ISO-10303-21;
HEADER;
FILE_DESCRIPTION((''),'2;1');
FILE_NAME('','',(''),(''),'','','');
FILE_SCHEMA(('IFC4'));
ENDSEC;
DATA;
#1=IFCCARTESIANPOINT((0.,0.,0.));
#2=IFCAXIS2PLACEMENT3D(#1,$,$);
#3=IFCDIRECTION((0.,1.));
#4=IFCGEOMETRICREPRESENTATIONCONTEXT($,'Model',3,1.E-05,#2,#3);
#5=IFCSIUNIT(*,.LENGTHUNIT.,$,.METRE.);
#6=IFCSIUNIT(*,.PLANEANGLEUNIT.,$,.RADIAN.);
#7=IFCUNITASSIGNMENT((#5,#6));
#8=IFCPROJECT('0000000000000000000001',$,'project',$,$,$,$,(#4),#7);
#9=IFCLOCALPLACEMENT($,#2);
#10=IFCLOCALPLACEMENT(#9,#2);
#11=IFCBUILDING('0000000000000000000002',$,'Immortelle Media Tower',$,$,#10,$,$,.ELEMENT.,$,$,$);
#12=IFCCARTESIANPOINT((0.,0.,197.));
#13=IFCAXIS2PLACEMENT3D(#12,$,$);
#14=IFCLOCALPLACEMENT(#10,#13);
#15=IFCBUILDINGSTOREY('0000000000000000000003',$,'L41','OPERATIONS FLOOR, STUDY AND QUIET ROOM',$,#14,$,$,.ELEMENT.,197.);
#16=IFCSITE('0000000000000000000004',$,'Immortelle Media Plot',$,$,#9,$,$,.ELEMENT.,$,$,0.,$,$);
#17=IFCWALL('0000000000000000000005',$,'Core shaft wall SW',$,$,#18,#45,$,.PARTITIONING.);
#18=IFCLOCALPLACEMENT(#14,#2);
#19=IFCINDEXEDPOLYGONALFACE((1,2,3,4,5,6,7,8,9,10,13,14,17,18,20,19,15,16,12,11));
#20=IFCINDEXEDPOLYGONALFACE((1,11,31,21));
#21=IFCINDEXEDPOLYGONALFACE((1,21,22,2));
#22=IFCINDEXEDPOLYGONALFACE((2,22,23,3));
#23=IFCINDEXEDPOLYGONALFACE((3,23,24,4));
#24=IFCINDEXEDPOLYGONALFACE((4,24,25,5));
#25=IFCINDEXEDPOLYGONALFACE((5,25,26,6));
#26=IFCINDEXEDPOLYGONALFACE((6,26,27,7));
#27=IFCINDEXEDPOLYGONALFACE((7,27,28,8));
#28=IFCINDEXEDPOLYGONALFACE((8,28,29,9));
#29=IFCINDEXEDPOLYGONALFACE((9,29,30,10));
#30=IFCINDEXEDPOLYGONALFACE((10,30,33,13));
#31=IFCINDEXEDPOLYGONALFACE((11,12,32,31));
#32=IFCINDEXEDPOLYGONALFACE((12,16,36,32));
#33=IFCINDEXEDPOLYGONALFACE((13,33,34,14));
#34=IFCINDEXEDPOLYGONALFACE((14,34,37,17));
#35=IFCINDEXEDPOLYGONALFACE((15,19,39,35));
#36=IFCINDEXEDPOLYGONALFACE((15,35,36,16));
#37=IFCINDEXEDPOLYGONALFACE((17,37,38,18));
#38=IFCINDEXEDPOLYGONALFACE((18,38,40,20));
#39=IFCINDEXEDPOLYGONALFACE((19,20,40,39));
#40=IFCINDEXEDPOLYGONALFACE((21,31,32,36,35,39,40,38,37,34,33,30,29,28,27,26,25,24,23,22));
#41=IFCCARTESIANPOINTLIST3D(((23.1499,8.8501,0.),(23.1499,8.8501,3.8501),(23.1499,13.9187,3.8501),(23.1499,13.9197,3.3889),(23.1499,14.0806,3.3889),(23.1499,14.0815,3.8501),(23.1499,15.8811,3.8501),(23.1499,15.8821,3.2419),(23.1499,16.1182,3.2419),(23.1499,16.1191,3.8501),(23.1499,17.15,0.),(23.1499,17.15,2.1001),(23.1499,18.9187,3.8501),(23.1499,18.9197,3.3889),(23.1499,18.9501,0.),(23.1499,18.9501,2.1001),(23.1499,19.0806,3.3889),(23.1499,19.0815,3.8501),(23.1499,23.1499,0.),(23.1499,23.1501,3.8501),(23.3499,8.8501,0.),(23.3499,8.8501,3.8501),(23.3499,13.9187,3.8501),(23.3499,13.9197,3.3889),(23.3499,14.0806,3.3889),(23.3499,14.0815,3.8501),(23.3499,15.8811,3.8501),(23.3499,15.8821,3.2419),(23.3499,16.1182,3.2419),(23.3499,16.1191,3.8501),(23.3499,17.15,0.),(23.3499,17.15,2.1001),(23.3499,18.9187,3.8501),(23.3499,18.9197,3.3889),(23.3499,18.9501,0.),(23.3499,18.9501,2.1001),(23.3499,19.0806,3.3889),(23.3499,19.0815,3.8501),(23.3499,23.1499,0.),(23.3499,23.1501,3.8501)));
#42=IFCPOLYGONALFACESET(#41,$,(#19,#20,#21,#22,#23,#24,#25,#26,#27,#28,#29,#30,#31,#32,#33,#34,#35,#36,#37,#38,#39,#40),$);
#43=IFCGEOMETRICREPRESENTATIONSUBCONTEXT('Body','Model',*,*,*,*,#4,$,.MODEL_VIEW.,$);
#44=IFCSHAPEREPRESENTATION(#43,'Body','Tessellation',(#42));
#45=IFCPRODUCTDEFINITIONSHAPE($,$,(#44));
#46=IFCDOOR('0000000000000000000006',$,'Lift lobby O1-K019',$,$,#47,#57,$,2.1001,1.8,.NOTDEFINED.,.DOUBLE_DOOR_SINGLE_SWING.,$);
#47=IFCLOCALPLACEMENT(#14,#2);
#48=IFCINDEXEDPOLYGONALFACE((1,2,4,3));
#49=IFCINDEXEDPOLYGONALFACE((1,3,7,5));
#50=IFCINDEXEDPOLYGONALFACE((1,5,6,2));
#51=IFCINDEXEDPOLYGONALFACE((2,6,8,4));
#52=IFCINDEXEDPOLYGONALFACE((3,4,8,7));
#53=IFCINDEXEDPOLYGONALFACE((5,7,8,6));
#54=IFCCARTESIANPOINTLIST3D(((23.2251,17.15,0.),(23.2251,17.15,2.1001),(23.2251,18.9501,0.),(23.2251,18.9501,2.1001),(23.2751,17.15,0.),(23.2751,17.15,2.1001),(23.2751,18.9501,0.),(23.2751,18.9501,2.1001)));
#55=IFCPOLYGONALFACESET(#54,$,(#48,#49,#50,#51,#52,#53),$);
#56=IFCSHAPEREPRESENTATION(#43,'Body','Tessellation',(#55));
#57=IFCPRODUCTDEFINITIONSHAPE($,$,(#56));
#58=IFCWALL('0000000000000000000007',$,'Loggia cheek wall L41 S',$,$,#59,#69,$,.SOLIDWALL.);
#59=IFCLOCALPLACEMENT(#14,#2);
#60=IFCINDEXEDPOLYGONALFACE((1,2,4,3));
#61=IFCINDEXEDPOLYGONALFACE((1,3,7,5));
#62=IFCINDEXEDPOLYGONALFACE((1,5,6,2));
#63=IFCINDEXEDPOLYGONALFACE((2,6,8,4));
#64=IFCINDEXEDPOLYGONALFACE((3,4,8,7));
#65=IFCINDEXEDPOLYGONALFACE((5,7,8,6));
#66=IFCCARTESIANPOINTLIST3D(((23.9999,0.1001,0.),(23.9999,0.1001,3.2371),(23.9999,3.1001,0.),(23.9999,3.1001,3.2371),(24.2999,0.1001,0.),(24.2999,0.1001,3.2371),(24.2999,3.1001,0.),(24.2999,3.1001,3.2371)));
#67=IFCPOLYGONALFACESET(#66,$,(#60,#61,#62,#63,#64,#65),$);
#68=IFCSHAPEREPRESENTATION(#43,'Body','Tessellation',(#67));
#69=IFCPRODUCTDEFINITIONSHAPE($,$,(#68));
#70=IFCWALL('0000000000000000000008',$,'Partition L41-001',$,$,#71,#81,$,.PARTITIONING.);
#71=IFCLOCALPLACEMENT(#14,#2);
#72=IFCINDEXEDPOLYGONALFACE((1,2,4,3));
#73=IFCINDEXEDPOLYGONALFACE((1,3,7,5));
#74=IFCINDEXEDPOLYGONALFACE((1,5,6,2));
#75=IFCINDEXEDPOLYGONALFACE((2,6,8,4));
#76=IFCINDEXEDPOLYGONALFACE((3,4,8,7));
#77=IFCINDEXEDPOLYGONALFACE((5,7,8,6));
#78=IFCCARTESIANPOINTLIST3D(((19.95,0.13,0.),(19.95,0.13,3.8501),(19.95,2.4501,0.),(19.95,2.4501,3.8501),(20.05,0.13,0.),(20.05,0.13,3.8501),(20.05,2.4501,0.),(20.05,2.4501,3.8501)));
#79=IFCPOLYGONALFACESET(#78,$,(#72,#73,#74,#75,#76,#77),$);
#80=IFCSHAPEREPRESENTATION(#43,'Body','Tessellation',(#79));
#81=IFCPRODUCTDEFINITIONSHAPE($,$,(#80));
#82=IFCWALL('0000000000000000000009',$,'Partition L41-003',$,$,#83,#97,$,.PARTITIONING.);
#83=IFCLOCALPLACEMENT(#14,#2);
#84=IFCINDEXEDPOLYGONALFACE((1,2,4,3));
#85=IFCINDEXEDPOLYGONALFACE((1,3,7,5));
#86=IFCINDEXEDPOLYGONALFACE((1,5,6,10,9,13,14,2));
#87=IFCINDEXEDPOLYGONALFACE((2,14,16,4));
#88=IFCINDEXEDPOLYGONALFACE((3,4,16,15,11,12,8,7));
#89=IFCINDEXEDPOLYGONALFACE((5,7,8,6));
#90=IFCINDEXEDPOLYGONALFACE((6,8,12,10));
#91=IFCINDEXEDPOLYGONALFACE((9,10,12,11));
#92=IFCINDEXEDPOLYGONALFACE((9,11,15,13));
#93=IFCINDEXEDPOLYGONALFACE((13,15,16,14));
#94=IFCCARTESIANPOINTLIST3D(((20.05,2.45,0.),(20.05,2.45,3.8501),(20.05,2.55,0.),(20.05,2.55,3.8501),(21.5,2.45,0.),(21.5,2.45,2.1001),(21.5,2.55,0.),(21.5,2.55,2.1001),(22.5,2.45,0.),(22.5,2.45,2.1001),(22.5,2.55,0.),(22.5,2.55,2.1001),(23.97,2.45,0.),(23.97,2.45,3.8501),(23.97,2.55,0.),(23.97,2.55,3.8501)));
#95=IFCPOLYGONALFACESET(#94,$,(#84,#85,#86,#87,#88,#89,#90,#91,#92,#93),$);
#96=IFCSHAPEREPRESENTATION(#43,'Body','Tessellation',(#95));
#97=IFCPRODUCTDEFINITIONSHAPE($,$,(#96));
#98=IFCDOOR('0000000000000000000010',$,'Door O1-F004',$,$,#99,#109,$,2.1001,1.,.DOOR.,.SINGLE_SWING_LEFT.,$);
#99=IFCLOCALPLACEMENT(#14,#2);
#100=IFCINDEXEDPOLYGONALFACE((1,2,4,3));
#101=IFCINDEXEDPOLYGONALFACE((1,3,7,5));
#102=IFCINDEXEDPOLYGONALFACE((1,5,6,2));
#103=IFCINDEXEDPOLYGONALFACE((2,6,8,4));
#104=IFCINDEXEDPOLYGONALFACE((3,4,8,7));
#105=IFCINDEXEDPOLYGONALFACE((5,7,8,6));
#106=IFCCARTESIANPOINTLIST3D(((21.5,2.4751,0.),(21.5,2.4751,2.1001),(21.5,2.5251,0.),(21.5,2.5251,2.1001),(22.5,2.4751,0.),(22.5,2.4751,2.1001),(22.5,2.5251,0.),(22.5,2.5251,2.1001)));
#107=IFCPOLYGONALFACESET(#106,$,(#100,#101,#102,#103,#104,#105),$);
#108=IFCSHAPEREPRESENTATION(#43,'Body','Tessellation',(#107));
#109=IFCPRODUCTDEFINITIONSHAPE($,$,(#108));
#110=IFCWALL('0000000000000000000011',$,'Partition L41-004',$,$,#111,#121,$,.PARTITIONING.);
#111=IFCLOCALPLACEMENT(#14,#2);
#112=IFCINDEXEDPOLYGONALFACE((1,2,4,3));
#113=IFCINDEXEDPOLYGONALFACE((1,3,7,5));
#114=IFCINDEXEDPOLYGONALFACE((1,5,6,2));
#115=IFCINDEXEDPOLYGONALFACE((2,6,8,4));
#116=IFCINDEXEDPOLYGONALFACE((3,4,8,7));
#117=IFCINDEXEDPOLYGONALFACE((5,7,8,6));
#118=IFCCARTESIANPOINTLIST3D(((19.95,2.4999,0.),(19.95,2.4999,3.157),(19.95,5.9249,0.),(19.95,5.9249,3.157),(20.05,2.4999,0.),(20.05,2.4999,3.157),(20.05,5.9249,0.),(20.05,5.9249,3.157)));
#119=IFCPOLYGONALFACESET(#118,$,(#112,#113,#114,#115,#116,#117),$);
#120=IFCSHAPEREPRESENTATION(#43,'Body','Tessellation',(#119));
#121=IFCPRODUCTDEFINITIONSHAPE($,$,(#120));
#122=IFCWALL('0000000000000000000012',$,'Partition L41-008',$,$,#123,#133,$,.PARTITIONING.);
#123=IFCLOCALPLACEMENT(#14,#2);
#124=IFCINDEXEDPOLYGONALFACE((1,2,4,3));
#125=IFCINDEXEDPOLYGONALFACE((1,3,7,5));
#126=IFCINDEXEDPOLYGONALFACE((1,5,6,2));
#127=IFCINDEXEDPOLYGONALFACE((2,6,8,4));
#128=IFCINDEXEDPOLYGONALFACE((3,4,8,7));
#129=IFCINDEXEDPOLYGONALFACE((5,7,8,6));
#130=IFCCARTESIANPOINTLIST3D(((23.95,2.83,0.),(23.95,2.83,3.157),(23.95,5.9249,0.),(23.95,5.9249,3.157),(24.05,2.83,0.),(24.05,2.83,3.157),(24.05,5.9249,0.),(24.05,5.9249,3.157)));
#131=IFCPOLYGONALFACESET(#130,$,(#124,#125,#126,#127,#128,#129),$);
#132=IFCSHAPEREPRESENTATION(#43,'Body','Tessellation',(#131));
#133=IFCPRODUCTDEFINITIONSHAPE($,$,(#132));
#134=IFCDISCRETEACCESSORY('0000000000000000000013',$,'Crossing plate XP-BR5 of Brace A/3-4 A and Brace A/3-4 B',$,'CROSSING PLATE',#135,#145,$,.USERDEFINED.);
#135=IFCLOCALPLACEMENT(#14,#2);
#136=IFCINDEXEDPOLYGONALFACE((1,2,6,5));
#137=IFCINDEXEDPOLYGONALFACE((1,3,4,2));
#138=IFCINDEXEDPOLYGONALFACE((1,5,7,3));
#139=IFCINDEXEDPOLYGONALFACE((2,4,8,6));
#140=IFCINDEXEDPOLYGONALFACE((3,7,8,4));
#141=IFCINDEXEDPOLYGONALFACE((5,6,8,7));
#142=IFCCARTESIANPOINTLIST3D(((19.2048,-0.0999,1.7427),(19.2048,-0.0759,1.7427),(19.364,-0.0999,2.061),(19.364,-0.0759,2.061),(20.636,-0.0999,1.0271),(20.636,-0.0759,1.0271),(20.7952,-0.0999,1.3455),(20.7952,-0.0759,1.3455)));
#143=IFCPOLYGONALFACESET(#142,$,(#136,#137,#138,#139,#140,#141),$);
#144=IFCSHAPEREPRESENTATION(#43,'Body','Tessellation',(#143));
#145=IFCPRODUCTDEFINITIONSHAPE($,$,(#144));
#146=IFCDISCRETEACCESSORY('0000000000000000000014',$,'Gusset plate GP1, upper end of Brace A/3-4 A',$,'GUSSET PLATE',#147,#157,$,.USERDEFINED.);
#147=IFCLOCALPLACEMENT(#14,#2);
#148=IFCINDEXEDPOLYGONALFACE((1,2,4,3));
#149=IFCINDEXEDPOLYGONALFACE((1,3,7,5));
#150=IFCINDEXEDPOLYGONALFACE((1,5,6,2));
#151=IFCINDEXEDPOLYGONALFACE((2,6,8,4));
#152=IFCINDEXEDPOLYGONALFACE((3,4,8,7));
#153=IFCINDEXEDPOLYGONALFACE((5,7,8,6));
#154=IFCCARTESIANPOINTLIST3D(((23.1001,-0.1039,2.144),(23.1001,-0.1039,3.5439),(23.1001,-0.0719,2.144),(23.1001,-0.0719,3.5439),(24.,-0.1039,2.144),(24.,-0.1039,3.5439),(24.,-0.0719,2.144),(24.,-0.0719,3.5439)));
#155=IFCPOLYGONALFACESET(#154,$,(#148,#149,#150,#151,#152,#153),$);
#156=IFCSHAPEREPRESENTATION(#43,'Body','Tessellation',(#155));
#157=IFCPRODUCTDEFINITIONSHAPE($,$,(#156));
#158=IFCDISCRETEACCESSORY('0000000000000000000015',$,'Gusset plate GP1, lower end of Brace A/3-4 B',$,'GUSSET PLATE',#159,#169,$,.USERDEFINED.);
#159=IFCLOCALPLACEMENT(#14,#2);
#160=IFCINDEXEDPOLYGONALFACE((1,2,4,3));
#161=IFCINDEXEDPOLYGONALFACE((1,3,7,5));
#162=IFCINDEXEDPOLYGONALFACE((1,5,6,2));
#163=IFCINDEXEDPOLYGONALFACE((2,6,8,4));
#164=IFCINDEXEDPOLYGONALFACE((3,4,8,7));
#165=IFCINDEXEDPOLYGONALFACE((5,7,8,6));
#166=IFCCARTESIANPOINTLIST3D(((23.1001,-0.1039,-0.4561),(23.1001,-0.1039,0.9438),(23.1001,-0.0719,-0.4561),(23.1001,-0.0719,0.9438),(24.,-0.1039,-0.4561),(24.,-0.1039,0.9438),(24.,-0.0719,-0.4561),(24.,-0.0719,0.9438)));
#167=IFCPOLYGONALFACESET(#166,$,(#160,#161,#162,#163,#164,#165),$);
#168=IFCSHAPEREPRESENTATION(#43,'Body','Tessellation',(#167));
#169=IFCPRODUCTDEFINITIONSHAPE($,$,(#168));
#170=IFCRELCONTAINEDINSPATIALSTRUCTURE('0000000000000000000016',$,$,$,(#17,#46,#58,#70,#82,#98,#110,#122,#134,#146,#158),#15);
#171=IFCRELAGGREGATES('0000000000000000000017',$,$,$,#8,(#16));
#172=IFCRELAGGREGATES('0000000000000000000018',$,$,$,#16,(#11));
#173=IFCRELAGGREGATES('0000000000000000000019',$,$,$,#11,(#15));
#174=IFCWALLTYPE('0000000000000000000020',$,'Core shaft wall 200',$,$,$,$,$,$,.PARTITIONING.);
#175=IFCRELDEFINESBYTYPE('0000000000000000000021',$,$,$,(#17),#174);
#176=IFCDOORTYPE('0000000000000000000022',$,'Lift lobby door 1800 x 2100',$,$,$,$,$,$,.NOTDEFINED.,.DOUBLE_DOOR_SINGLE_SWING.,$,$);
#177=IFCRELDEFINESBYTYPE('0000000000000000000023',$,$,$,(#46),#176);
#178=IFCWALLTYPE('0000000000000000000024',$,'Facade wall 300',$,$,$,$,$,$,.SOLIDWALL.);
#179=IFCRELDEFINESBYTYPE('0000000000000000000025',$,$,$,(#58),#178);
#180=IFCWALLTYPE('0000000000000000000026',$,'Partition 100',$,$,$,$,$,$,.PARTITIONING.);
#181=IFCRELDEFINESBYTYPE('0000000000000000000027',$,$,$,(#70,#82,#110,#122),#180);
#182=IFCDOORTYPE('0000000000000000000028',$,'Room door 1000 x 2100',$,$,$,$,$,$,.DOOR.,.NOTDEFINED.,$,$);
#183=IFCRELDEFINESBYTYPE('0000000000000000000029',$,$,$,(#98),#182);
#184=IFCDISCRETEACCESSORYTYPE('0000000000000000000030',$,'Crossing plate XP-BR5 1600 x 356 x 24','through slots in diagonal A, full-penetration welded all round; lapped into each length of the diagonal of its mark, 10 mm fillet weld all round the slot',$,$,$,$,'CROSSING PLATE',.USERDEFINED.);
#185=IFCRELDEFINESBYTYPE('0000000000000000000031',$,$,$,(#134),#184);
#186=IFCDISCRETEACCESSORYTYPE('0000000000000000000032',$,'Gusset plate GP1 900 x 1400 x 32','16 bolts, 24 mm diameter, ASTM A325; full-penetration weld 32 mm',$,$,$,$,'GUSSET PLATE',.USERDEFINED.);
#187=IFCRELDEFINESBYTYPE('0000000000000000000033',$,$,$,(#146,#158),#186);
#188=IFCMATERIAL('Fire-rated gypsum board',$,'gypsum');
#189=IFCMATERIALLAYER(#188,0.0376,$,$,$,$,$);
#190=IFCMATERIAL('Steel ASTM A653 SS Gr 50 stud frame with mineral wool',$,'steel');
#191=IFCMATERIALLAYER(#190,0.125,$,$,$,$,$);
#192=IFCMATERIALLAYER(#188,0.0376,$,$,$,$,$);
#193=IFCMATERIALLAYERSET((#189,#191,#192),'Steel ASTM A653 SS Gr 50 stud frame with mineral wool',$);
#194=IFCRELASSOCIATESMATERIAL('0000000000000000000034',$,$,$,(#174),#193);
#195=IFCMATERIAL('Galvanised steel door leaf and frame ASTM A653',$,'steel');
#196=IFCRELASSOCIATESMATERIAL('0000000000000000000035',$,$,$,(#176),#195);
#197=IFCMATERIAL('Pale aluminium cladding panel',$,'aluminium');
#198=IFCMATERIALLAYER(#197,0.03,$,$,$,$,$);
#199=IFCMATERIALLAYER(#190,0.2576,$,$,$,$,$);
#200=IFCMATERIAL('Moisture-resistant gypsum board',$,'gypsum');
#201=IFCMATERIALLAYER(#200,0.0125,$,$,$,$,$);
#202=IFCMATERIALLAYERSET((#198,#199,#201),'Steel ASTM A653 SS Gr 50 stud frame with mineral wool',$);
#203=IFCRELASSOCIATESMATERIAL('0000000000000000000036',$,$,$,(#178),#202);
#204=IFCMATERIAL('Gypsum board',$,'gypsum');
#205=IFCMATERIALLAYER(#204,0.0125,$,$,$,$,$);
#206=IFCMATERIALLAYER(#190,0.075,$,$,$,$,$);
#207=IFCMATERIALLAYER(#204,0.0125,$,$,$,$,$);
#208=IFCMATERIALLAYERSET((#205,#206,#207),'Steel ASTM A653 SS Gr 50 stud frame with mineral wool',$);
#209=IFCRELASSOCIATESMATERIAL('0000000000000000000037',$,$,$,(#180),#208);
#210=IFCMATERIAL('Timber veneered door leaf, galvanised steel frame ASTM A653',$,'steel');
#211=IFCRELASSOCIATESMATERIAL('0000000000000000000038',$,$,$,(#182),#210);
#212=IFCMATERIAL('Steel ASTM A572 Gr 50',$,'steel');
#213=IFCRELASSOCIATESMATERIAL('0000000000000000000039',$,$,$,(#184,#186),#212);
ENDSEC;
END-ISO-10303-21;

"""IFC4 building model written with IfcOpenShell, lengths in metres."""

from ifc_helpers import new_model, si_unit, direction, frame, frame_2d, origin, origin_2d, place, context, subcontext, project, spatial, polyline, rectangle, outline, extrude, material, layer, layer_set, material_profile, profile_set, type_object, element, fill, save


model = new_model("IFC4")

# Units and contexts
model_context = context("Model", 3, precision=1e-05, world=origin(), true_north=direction((0.0, 1.0)))
body_context = subcontext(model_context, "Body", "Model", "MODEL_VIEW")
ifc_project = project(units=[si_unit("LENGTHUNIT", "METRE"), si_unit("PLANEANGLEUNIT", "RADIAN")], contexts=[model_context])

# Site, building, storey
site_placement = place(None, origin())
site = spatial("IfcSite", under=ifc_project, at=site_placement, Name="Immortelle Media Plot", CompositionType="ELEMENT", RefElevation=0.0)
building_placement = place(site_placement, origin())
building = spatial("IfcBuilding", under=site, at=building_placement, Name="Immortelle Media Tower", CompositionType="ELEMENT")
storey_placement = place(building_placement, frame((0.0, 0.0, 197.0)))
storey = spatial("IfcBuildingStorey", under=building, at=storey_placement, Name="L41", Description="OPERATIONS FLOOR, STUDY AND QUIET ROOM", CompositionType="ELEMENT", Elevation=197.0)

# Wall, opening, door
ifc_material_1 = material(Name="Fire-rated gypsum board", Category="gypsum")
ifc_layer_1 = layer(ifc_material_1, 0.0376)
ifc_material_2 = material(Name="Steel ASTM A653 SS Gr 50 stud frame with mineral wool", Category="steel")
ifc_layer_2 = layer(ifc_material_2, 0.125)
ifc_layer_3 = layer(ifc_material_1, 0.0376)
ifc_layer_set_1 = layer_set([ifc_layer_1, ifc_layer_2, ifc_layer_3], Name="Steel ASTM A653 SS Gr 50 stud frame with mineral wool")
wall_type_1 = type_object("IfcWallType", Name="Core shaft wall 200", PredefinedType="PARTITIONING", material=ifc_layer_set_1)
wall_1_placement = place(storey_placement, frame((23.25, 8.8501, 0.0), z_axis=(0.0, 0.0, 1.0), x_axis=(0.0, 1.0, 0.0)))
wall_1 = element("IfcWall", 1, at=wall_1_placement, inside=storey, type_object=wall_type_1, Name="Core shaft wall SW", PredefinedType="PARTITIONING", context=body_context, shape_type="SweptSolid", body=[
    extrude(outline(polyline([(0.0, 0.0), (14.2998, 0.0), (14.3, 3.8501), (10.2314, 3.8501), (10.2305, 3.3889), (10.0696, 3.3889), (10.0686, 3.8501), (7.269, 3.8501), (7.2681, 3.2419), (7.032, 3.2419), (7.031, 3.8501), (5.2314, 3.8501), (5.2305, 3.3889), (5.0696, 3.3889), (5.0686, 3.8501), (0.0, 3.8501), (0.0, 0.0)])), frame((0.0, 0.1001, 0.0), z_axis=(0.0, -1.0, 0.0), x_axis=(1.0, 0.0, 0.0)), (0.0, 0.0, 1.0), 0.2),
])
opening_1_placement = place(wall_1_placement, frame((8.3, 0.0, 0.0)))
opening_1 = element("IfcOpeningElement", 2, at=opening_1_placement, cuts=wall_1, PredefinedType="OPENING", context=body_context, shape_type="SweptSolid", body=[
    extrude(rectangle(XDim=1.8, YDim=2.1001, at=frame_2d((0.8999, 1.05))), frame((0.0, 0.1099, 0.0), z_axis=(0.0, -1.0, 0.0), x_axis=(1.0, 0.0, 0.0)), (0.0, 0.0, 1.0), 0.22),
])
ifc_material_3 = material(Name="Galvanised steel door leaf and frame ASTM A653", Category="steel")
door_type_1 = type_object("IfcDoorType", Name="Lift lobby door 1800 x 2100", OperationType="DOUBLE_DOOR_SINGLE_SWING", PredefinedType="NOTDEFINED", material=ifc_material_3)
door_1_placement = place(opening_1_placement, origin())
door_1 = element("IfcDoor", 3, at=door_1_placement, inside=storey, type_object=door_type_1, Name="Lift lobby O1-K019", OperationType="DOUBLE_DOOR_SINGLE_SWING", OverallHeight=2.1001, OverallWidth=1.8, PredefinedType="NOTDEFINED", context=body_context, shape_type="SweptSolid", body=[
    extrude(rectangle(XDim=1.8, YDim=2.1001, at=frame_2d((0.8999, 1.05))), frame((0.0, 0.0249, 0.0), z_axis=(0.0, -1.0, 0.0), x_axis=(1.0, 0.0, 0.0)), (0.0, 0.0, 1.0), 0.05),
])
fill(opening_1, door_1)

# Shared definitions
ifc_material_4 = material(Name="Pale aluminium cladding panel", Category="aluminium")
ifc_layer_4 = layer(ifc_material_4, 0.03)
ifc_layer_5 = layer(ifc_material_2, 0.2576)
ifc_material_5 = material(Name="Moisture-resistant gypsum board", Category="gypsum")
ifc_layer_6 = layer(ifc_material_5, 0.0125)
ifc_layer_set_2 = layer_set([ifc_layer_4, ifc_layer_5, ifc_layer_6], Name="Steel ASTM A653 SS Gr 50 stud frame with mineral wool")
wall_type_2 = type_object("IfcWallType", Name="Facade wall 300", PredefinedType="SOLIDWALL", material=ifc_layer_set_2)

# Walls
wall_2_placement = place(storey_placement, frame((24.1499, 0.1001, 0.0), z_axis=(0.0, 0.0, 1.0), x_axis=(0.0, 1.0, 0.0)))
element("IfcWall", 4, at=wall_2_placement, inside=storey, type_object=wall_type_2, Name="Loggia cheek wall L41 S", PredefinedType="SOLIDWALL", context=body_context, shape_type="SweptSolid", body=[
    extrude(rectangle(XDim=3.0, YDim=0.3, at=frame_2d((1.5, 0.0))), origin(), (0.0, 0.0, 1.0), 3.2371),
])
ifc_material_6 = material(Name="Gypsum board", Category="gypsum")
ifc_layer_7 = layer(ifc_material_6, 0.0125)
ifc_layer_8 = layer(ifc_material_2, 0.075)
ifc_layer_9 = layer(ifc_material_6, 0.0125)
ifc_layer_set_3 = layer_set([ifc_layer_7, ifc_layer_8, ifc_layer_9], Name="Steel ASTM A653 SS Gr 50 stud frame with mineral wool")
wall_type_3 = type_object("IfcWallType", Name="Partition 100", PredefinedType="PARTITIONING", material=ifc_layer_set_3)
wall_3_placement = place(storey_placement, frame((20.0, 0.1299, 0.0), z_axis=(0.0, 0.0, 1.0), x_axis=(0.0, 1.0, 0.0)))
element("IfcWall", 5, at=wall_3_placement, inside=storey, type_object=wall_type_3, Name="Partition L41-001", PredefinedType="PARTITIONING", context=body_context, shape_type="SweptSolid", body=[
    extrude(rectangle(XDim=2.3201, YDim=0.1001, at=frame_2d((1.1602, 0.0))), origin(), (0.0, 0.0, 1.0), 3.8501),
])

# Wall, opening, door
wall_4_placement = place(storey_placement, frame((20.05, 2.5, 0.0), z_axis=(0.0, 0.0, 1.0), x_axis=(1.0, 0.0, 0.0)))
wall_4 = element("IfcWall", 6, at=wall_4_placement, inside=storey, type_object=wall_type_3, Name="Partition L41-003", PredefinedType="PARTITIONING", context=body_context, shape_type="SweptSolid", body=[
    extrude(rectangle(XDim=3.9199, YDim=0.1001, at=frame_2d((1.96, 0.0))), origin(), (0.0, 0.0, 1.0), 3.8501),
])
opening_2_placement = place(wall_4_placement, frame((2.45, 0.0, 0.0), z_axis=(0.0, 0.0, 1.0), x_axis=(-1.0, 0.0, 0.0)))
opening_2 = element("IfcOpeningElement", 7, at=opening_2_placement, cuts=wall_4, PredefinedType="OPENING", context=body_context, shape_type="SweptSolid", body=[
    extrude(rectangle(XDim=1.0, YDim=2.1001, at=frame_2d((0.5, 1.05))), frame((0.0, 0.0601, 0.0), z_axis=(0.0, -1.0, 0.0), x_axis=(1.0, 0.0, 0.0)), (0.0, 0.0, 1.0), 0.1201),
])
ifc_material_7 = material(Name="Timber veneered door leaf, galvanised steel frame ASTM A653", Category="steel")
door_type_2 = type_object("IfcDoorType", Name="Room door 1000 x 2100", OperationType="NOTDEFINED", PredefinedType="DOOR", material=ifc_material_7)
door_2_placement = place(opening_2_placement, origin())
door_2 = element("IfcDoor", 8, at=door_2_placement, inside=storey, type_object=door_type_2, Name="Door O1-F004", OperationType="SINGLE_SWING_LEFT", OverallHeight=2.1001, OverallWidth=1.0, PredefinedType="DOOR", context=body_context, shape_type="SweptSolid", body=[
    extrude(rectangle(XDim=1.0, YDim=2.1001, at=frame_2d((0.5, 1.05))), frame((0.0, 0.0249, 0.0), z_axis=(0.0, -1.0, 0.0), x_axis=(1.0, 0.0, 0.0)), (0.0, 0.0, 1.0), 0.05),
])
fill(opening_2, door_2)

# Walls
wall_5_placement = place(storey_placement, frame((20.0, 2.5, 0.0), z_axis=(0.0, 0.0, 1.0), x_axis=(0.0, 1.0, 0.0)))
element("IfcWall", 9, at=wall_5_placement, inside=storey, type_object=wall_type_3, Name="Partition L41-004", PredefinedType="PARTITIONING", context=body_context, shape_type="SweptSolid", body=[
    extrude(rectangle(XDim=3.425, YDim=0.1001, at=frame_2d((1.7124, 0.0))), origin(), (0.0, 0.0, 1.0), 3.157),
])
wall_6_placement = place(storey_placement, frame((24.0, 2.8301, 0.0), z_axis=(0.0, 0.0, 1.0), x_axis=(0.0, 1.0, 0.0)))
element("IfcWall", 10, at=wall_6_placement, inside=storey, type_object=wall_type_3, Name="Partition L41-008", PredefinedType="PARTITIONING", context=body_context, shape_type="SweptSolid", body=[
    extrude(rectangle(XDim=3.095, YDim=0.1001, at=frame_2d((1.5474, 0.0))), origin(), (0.0, 0.0, 1.0), 3.157),
])

# Discrete accessories
ifc_material_8 = material(Name="Steel ASTM A572 Gr 50", Category="steel")
ifc_material_profile_1 = material_profile(ifc_material_8, rectangle(XDim=0.0239, YDim=0.356, at=origin_2d()), Name="PL 24 x 356")
ifc_profile_set_1 = profile_set([ifc_material_profile_1], Name="Steel ASTM A572 Gr 50")
discrete_accessory_type_1 = type_object("IfcDiscreteAccessoryType", Name="Crossing plate XP-BR5 1600 x 356 x 24", Description="through slots in diagonal A, full-penetration welded all round; lapped into each length of the diagonal of its mark, 10 mm fillet weld all round the slot", ElementType="CROSSING PLATE", PredefinedType="USERDEFINED", material=ifc_profile_set_1)
discrete_accessory_placement = place(storey_placement, frame((19.2844, -0.0879, 1.9019), z_axis=(0.894427, 0.0, -0.447214), x_axis=(0.0, 1.0, 0.0)))
element("IfcDiscreteAccessory", 11, at=discrete_accessory_placement, inside=storey, type_object=discrete_accessory_type_1, Name="Crossing plate XP-BR5 of Brace A/3-4 A and Brace A/3-4 B", ObjectType="CROSSING PLATE", PredefinedType="USERDEFINED", context=body_context, shape_type="SweptSolid", body=[
    extrude(rectangle(XDim=0.0239, YDim=0.356, at=origin_2d()), origin(), (0.0, 0.0, 1.0), 1.6001),
])
ifc_material_profile_2 = material_profile(ifc_material_8, rectangle(XDim=0.032, YDim=1.3999, at=origin_2d()), Name="PL 32 x 1400")
ifc_profile_set_2 = profile_set([ifc_material_profile_2], Name="Steel ASTM A572 Gr 50")
discrete_accessory_type_2 = type_object("IfcDiscreteAccessoryType", Name="Gusset plate GP1 900 x 1400 x 32", Description="16 bolts, 24 mm diameter, ASTM A325; full-penetration weld 32 mm", ElementType="GUSSET PLATE", PredefinedType="USERDEFINED", material=ifc_profile_set_2)
for number, where, z_axis, x_axis, name in (
    (12, (24.0, -0.0879, 2.844), (-1.0, 0.0, 0.0), (0.0, -1.0, 0.0), "Gusset plate GP1, upper end of Brace A/3-4 A"),
    (13, (24.0, -0.0879, 0.2439), (-1.0, 0.0, 0.0), (0.0, -1.0, 0.0), "Gusset plate GP1, lower end of Brace A/3-4 B"),
):
    element("IfcDiscreteAccessory", number, at=place(storey_placement, frame(where, z_axis=z_axis, x_axis=x_axis)), inside=storey, type_object=discrete_accessory_type_2, Name=name, ObjectType="GUSSET PLATE", PredefinedType="USERDEFINED", context=body_context, shape_type="SweptSolid", body=[
        extrude(rectangle(XDim=0.032, YDim=1.3999, at=origin_2d()), origin(), (0.0, 0.0, 1.0), 0.8999),
    ])

save(model, "model.ifc")
